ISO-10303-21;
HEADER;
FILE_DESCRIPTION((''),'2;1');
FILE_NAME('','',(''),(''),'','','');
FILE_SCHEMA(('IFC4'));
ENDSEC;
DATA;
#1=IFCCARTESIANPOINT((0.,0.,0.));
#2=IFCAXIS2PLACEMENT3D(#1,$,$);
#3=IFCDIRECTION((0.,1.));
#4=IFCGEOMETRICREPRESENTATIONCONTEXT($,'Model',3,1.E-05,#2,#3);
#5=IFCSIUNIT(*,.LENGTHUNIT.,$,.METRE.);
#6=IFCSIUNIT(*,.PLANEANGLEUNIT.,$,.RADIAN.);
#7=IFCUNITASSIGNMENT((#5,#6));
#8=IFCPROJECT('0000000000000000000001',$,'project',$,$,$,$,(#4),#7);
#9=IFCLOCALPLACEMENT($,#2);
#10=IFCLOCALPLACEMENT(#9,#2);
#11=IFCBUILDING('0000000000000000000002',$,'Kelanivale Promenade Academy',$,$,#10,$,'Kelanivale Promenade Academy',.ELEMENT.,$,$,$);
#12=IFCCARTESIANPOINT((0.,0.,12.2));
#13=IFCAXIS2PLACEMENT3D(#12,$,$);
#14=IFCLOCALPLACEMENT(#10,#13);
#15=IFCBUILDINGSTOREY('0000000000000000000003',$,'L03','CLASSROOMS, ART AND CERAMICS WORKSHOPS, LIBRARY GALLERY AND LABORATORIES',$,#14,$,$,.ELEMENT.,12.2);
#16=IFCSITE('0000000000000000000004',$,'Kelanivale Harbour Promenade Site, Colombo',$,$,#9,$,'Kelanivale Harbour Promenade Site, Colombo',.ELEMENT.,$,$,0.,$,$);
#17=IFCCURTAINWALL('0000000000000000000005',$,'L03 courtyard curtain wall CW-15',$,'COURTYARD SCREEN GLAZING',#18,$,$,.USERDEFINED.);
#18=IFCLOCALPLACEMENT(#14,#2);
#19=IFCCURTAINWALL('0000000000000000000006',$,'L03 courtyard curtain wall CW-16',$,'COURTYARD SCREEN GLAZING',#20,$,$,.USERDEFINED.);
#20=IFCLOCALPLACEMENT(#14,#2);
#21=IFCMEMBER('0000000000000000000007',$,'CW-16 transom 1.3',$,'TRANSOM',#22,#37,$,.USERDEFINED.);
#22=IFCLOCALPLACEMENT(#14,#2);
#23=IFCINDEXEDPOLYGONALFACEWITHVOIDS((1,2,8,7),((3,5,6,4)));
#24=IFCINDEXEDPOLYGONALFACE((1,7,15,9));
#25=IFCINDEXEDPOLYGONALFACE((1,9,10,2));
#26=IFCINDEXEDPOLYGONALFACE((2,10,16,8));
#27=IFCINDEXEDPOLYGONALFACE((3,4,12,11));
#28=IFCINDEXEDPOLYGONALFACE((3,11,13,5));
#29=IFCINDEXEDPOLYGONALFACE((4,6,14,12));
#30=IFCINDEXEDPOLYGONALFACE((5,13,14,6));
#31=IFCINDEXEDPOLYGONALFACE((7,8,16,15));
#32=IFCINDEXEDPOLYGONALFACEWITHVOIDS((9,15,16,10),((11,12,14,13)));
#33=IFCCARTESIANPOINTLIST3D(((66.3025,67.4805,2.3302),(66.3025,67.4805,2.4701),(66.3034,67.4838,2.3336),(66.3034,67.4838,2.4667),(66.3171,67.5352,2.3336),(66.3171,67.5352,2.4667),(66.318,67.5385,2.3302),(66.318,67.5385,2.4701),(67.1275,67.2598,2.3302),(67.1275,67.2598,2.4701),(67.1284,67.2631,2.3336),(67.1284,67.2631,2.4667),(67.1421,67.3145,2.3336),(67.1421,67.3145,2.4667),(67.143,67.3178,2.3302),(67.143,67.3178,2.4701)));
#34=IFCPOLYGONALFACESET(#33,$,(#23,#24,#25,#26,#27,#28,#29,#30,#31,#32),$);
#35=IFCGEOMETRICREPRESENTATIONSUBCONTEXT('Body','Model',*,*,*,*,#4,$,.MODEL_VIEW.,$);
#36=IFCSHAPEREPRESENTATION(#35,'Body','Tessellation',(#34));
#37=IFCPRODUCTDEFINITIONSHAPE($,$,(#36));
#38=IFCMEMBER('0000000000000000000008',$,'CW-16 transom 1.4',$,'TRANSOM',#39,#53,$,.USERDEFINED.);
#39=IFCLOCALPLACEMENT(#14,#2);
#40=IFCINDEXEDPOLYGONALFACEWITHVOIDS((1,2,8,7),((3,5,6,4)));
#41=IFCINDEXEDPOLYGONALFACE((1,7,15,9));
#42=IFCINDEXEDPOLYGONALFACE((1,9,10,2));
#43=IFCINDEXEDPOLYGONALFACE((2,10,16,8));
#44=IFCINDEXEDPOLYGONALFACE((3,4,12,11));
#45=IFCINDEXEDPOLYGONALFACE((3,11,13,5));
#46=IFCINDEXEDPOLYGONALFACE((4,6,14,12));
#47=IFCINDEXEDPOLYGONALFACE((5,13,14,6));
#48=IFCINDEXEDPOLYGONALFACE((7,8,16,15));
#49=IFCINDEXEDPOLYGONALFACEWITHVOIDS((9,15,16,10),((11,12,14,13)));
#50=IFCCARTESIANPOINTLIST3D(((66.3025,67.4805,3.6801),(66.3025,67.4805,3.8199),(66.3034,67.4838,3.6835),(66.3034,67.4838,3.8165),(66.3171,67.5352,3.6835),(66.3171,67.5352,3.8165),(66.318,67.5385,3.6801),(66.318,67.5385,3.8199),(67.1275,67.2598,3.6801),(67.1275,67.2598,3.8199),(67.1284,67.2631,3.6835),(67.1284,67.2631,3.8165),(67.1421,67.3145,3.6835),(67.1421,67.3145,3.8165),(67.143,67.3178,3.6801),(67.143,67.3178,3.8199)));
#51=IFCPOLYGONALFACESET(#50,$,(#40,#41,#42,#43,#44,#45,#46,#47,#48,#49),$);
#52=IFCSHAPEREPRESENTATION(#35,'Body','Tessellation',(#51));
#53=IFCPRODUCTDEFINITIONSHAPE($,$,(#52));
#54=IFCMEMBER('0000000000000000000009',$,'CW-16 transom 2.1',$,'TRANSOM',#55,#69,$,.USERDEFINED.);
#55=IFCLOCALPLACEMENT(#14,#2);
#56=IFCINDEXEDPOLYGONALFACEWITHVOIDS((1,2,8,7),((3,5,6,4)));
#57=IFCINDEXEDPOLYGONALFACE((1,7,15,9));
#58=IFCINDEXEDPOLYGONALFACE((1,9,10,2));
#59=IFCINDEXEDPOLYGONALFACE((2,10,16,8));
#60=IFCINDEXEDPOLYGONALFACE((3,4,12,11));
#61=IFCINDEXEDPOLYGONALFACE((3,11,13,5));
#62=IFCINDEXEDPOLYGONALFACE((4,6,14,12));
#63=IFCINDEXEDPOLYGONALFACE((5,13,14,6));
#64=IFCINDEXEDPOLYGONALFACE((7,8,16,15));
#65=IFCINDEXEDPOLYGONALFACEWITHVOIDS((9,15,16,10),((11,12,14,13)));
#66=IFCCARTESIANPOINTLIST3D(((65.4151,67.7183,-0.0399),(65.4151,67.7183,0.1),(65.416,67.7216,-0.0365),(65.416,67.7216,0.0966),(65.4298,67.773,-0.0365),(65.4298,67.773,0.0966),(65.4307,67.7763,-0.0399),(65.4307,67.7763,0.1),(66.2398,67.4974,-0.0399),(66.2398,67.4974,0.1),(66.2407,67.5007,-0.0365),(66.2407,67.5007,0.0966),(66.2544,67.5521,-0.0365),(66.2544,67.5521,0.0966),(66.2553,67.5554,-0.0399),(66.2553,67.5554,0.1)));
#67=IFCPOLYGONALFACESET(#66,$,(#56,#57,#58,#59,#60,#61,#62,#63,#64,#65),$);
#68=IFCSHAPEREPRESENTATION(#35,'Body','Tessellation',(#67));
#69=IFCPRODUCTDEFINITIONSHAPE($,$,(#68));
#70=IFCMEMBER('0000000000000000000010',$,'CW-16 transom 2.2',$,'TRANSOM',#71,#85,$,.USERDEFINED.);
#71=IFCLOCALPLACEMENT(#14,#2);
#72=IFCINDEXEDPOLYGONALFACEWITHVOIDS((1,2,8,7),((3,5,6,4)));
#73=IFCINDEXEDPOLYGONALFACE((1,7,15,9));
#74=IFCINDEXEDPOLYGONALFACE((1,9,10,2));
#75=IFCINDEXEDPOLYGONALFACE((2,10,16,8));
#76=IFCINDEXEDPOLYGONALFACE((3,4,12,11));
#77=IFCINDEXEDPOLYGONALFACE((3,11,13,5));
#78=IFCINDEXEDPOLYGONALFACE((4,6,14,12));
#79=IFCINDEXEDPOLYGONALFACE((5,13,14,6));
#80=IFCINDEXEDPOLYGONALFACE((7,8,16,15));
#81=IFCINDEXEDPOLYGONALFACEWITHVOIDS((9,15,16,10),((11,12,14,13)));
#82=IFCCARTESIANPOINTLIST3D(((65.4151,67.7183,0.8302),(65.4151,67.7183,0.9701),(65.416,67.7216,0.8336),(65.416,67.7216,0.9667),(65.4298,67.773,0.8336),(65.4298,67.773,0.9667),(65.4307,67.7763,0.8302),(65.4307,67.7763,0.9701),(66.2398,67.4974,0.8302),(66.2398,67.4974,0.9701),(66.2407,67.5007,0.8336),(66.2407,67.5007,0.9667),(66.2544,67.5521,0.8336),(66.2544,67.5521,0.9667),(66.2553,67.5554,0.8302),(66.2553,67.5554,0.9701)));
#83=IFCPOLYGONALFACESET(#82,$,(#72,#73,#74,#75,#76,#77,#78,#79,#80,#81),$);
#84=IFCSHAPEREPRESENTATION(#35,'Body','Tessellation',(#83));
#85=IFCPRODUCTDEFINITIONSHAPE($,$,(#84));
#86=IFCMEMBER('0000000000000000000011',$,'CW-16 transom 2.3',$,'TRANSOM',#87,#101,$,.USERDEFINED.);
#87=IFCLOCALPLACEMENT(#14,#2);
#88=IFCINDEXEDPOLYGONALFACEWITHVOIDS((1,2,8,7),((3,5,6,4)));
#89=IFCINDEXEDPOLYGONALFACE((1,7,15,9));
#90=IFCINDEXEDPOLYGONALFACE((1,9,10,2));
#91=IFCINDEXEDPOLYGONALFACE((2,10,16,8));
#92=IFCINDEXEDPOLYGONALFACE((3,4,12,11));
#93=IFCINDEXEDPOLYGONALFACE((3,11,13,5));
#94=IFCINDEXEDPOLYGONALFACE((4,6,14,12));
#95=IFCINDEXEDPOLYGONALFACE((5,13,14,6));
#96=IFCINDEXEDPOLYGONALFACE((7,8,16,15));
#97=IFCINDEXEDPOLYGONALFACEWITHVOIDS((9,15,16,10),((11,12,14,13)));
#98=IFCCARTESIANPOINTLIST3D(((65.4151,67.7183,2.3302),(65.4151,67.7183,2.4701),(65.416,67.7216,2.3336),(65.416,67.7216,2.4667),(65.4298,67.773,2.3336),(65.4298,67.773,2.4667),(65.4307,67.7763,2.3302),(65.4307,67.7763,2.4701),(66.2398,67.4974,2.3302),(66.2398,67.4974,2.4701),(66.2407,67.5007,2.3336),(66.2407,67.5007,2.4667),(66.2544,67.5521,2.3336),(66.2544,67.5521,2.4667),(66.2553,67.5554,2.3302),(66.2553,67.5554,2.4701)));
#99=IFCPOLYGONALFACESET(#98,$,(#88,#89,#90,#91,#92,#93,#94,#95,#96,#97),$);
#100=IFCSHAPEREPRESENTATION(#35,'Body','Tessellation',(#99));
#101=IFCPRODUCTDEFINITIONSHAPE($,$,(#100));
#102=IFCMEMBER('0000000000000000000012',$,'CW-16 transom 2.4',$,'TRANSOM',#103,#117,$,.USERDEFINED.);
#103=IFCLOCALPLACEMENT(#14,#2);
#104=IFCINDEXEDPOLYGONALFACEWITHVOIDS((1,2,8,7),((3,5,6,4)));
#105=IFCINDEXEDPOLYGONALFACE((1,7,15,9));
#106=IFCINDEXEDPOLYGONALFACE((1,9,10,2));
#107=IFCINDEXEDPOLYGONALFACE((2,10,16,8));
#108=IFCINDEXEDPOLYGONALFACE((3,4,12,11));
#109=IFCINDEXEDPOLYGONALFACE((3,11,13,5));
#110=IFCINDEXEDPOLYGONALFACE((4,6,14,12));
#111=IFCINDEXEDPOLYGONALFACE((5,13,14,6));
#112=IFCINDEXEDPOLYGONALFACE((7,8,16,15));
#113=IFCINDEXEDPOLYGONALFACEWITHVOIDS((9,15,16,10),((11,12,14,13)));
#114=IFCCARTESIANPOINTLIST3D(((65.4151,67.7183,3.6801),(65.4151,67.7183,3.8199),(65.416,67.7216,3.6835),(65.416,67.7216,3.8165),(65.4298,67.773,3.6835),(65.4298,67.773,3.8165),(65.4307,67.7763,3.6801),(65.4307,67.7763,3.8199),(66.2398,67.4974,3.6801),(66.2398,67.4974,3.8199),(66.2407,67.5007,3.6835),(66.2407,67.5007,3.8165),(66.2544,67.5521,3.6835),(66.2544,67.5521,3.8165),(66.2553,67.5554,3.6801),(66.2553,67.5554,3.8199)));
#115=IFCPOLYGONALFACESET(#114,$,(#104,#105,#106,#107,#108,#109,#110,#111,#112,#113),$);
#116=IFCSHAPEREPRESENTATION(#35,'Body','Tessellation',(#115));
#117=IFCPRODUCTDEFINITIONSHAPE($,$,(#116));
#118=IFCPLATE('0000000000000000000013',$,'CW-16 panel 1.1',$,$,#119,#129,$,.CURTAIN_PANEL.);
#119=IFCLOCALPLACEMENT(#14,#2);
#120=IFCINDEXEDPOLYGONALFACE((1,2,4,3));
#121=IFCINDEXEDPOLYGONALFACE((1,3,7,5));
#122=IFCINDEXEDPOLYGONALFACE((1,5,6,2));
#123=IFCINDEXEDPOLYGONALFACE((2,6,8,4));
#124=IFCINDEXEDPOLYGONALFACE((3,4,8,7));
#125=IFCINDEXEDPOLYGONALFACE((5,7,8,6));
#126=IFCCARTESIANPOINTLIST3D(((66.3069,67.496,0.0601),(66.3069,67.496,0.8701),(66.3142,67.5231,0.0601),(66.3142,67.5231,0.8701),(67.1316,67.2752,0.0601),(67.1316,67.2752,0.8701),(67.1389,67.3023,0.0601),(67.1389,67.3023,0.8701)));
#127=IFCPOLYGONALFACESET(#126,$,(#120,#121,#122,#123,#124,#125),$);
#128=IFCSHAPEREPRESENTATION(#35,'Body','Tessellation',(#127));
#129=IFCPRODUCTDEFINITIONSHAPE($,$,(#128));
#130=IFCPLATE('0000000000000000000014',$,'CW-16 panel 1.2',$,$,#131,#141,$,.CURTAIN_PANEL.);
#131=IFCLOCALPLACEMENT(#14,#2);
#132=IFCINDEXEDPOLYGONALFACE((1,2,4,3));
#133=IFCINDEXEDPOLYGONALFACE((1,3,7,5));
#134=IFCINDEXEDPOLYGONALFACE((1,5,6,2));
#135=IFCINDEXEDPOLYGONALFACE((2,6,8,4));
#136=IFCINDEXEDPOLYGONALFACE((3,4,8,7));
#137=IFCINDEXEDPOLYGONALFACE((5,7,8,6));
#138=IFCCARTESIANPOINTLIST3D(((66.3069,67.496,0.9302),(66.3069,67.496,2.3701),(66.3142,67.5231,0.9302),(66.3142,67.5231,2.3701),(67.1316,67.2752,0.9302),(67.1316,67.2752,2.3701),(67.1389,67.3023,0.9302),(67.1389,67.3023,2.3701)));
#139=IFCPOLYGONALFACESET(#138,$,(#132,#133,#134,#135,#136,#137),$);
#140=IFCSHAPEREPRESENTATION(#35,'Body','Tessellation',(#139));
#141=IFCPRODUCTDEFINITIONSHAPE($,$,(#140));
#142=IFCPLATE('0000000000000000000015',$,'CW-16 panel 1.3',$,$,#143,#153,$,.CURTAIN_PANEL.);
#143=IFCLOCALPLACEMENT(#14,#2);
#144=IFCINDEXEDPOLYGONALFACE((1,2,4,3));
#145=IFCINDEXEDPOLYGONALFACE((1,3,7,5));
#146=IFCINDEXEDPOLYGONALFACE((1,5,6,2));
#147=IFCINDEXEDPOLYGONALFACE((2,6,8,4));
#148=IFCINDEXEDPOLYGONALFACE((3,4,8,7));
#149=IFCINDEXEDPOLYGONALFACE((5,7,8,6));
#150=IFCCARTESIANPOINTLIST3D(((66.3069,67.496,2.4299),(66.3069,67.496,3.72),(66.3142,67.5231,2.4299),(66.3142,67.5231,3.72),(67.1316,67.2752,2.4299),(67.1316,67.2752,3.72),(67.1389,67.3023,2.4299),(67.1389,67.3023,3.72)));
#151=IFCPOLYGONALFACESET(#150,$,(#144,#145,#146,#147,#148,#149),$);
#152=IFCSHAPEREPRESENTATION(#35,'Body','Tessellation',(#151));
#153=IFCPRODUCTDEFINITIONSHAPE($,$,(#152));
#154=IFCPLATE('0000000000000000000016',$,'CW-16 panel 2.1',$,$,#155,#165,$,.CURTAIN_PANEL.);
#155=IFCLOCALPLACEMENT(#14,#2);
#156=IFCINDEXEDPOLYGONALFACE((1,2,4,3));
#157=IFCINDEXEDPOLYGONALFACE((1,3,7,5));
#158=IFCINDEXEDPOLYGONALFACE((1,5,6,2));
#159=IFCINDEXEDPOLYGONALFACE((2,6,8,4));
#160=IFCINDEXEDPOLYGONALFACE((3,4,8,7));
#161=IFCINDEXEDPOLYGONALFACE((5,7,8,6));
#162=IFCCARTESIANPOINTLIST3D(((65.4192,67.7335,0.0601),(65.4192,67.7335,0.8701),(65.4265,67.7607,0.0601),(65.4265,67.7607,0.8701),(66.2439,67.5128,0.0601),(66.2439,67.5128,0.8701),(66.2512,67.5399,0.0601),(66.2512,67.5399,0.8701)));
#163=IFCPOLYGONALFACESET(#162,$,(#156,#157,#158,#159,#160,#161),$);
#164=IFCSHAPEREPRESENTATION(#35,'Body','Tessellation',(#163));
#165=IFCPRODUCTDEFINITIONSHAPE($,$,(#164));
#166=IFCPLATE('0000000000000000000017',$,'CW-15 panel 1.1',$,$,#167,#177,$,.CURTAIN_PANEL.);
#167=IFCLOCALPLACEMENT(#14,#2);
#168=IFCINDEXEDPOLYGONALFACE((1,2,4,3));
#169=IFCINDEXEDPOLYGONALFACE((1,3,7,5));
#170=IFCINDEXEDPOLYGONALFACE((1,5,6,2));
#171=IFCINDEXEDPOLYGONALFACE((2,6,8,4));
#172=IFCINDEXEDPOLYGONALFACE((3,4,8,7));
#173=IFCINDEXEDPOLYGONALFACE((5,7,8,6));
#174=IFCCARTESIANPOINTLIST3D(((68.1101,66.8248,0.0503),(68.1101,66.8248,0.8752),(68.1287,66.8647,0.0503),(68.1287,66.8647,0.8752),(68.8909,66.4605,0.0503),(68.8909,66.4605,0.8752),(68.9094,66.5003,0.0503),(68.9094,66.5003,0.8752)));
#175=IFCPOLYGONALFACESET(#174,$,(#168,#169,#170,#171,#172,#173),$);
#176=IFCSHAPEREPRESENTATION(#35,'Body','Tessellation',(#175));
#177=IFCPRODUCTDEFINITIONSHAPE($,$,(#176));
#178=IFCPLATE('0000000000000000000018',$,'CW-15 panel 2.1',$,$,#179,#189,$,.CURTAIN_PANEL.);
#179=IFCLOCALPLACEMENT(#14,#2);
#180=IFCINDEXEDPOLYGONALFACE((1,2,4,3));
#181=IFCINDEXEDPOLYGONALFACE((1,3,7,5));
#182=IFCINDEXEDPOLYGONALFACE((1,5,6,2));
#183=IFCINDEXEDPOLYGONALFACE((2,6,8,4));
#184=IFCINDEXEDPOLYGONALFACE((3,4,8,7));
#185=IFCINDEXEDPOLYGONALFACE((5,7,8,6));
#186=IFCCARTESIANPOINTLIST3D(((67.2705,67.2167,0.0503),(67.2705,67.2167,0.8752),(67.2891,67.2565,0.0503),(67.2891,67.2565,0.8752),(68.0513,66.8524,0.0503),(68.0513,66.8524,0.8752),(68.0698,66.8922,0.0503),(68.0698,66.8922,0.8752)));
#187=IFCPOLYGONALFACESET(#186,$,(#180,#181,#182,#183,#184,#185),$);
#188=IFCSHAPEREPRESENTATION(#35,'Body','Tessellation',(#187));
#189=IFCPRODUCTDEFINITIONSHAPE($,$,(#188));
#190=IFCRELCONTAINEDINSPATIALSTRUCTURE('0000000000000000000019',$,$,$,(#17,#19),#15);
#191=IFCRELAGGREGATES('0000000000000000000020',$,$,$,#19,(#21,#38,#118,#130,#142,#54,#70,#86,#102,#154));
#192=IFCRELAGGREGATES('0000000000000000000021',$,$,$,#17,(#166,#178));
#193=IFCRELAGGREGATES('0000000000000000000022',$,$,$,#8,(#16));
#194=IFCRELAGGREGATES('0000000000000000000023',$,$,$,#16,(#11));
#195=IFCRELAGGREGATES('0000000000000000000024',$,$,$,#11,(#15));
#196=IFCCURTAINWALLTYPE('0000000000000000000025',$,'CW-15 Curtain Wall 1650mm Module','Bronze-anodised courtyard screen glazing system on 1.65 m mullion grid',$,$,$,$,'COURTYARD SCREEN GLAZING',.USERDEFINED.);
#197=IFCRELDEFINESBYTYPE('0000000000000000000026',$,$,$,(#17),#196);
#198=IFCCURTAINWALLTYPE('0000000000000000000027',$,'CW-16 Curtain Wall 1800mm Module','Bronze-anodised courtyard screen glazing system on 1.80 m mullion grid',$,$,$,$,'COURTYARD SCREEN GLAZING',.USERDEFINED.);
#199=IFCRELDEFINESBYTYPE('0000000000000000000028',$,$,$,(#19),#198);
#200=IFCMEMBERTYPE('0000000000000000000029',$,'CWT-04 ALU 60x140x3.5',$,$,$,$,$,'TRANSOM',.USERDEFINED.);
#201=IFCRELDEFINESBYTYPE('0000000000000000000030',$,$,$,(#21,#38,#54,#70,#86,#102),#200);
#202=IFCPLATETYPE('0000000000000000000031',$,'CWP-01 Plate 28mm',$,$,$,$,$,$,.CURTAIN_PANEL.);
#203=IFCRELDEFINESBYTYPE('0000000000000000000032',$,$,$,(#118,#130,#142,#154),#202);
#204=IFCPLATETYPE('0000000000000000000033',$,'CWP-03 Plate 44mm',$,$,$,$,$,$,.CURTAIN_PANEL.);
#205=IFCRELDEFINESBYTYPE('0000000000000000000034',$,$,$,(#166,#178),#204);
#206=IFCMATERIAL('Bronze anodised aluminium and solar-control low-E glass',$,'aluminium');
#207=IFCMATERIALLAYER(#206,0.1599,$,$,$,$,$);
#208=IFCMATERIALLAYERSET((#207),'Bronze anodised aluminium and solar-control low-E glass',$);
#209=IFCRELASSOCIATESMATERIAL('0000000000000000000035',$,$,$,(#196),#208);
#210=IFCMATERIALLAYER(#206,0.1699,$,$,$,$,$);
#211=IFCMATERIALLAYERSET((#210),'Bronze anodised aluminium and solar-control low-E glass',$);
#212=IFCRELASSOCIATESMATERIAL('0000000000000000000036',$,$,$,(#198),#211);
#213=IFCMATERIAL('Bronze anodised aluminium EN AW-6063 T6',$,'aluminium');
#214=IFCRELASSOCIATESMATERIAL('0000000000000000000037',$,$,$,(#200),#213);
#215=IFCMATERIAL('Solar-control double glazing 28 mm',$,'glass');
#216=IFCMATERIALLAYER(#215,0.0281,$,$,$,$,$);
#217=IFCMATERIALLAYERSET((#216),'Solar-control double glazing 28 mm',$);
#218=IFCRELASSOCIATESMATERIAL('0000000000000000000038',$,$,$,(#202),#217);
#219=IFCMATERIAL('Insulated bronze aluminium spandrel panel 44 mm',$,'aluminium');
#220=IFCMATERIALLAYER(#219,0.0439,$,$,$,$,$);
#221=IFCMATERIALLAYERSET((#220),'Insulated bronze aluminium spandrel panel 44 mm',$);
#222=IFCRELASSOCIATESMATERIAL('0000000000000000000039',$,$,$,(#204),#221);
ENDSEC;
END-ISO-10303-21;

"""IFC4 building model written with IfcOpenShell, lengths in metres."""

from ifc_helpers import new_model, si_unit, direction, frame, origin, origin_2d, place, context, subcontext, project, spatial, rectangle, hollow_rectangle, extrude, material, layer, layer_set, material_profile, profile_set, type_object, element, aggregate, save


model = new_model("IFC4")

# Units and contexts
model_context = context("Model", 3, precision=1e-05, world=origin(), true_north=direction((0.0, 1.0)))
body_context = subcontext(model_context, "Body", "Model", "MODEL_VIEW")
ifc_project = project(units=[si_unit("LENGTHUNIT", "METRE"), si_unit("PLANEANGLEUNIT", "RADIAN")], contexts=[model_context])

# Site, building, storey
site_placement = place(None, origin())
site = spatial("IfcSite", under=ifc_project, at=site_placement, Name="Kelanivale Harbour Promenade Site, Colombo", LongName="Kelanivale Harbour Promenade Site, Colombo", CompositionType="ELEMENT", RefElevation=0.0)
building_placement = place(site_placement, origin())
building = spatial("IfcBuilding", under=site, at=building_placement, Name="Kelanivale Promenade Academy", LongName="Kelanivale Promenade Academy", CompositionType="ELEMENT")
storey_placement = place(building_placement, frame((0.0, 0.0, 12.2)))
storey = spatial("IfcBuildingStorey", under=building, at=storey_placement, Name="L03", Description="CLASSROOMS, ART AND CERAMICS WORKSHOPS, LIBRARY GALLERY AND LABORATORIES", CompositionType="ELEMENT", Elevation=12.2)

# Curtain walls
ifc_material_1 = material(Name="Bronze anodised aluminium and solar-control low-E glass", Category="aluminium")
ifc_layer_1 = layer(ifc_material_1, 0.1599)
ifc_layer_set_1 = layer_set([ifc_layer_1], Name="Bronze anodised aluminium and solar-control low-E glass")
curtain_wall_type_1 = type_object("IfcCurtainWallType", Name="CW-15 Curtain Wall 1650mm Module", Description="Bronze-anodised courtyard screen glazing system on 1.65 m mullion grid", ElementType="COURTYARD SCREEN GLAZING", PredefinedType="USERDEFINED", material=ifc_layer_set_1)
curtain_wall_1_placement = place(storey_placement, origin())
curtain_wall_1 = element("IfcCurtainWall", 1, at=curtain_wall_1_placement, inside=storey, type_object=curtain_wall_type_1, Name="L03 courtyard curtain wall CW-15", ObjectType="COURTYARD SCREEN GLAZING", PredefinedType="USERDEFINED")
ifc_material_2 = material(Name="Bronze anodised aluminium EN AW-6063 T6", Category="aluminium")
ifc_layer_2 = layer(ifc_material_1, 0.1699)
ifc_layer_set_2 = layer_set([ifc_layer_2], Name="Bronze anodised aluminium and solar-control low-E glass")
curtain_wall_type_2 = type_object("IfcCurtainWallType", Name="CW-16 Curtain Wall 1800mm Module", Description="Bronze-anodised courtyard screen glazing system on 1.80 m mullion grid", ElementType="COURTYARD SCREEN GLAZING", PredefinedType="USERDEFINED", material=ifc_layer_set_2)
curtain_wall_2_placement = place(storey_placement, origin())
curtain_wall_2 = element("IfcCurtainWall", 2, at=curtain_wall_2_placement, inside=storey, type_object=curtain_wall_type_2, Name="L03 courtyard curtain wall CW-16", ObjectType="COURTYARD SCREEN GLAZING", PredefinedType="USERDEFINED")

# Members
ifc_material_profile_1 = material_profile(ifc_material_2, hollow_rectangle(XDim=0.0601, YDim=0.1399, WallThickness=0.0034, at=origin_2d()), Name="ALU 60x140x3.5")
ifc_profile_set_1 = profile_set([ifc_material_profile_1], Name="Bronze anodised aluminium EN AW-6063 T6")
member_type_1 = type_object("IfcMemberType", Name="CWT-04 ALU 60x140x3.5", ElementType="TRANSOM", PredefinedType="USERDEFINED", material=ifc_profile_set_1)
member_1_placement = place(storey_placement, frame((67.1353, 67.2888, 2.4001), z_axis=(-0.966026, 0.258446, 0.0), x_axis=(-0.258446, -0.966026, 0.0)))
member_1 = element("IfcMember", 3, at=member_1_placement, type_object=member_type_1, Name="CW-16 transom 1.3", ObjectType="TRANSOM", PredefinedType="USERDEFINED", context=body_context, shape_type="SweptSolid", body=[
    extrude(hollow_rectangle(XDim=0.0601, YDim=0.1399, WallThickness=0.0034, at=origin_2d()), origin(), (0.0, 0.0, 1.0), 0.854),
])
member_2_placement = place(storey_placement, frame((67.1353, 67.2888, 3.75), z_axis=(-0.966026, 0.258446, 0.0), x_axis=(-0.258446, -0.966026, 0.0)))
member_2 = element("IfcMember", 4, at=member_2_placement, type_object=member_type_1, Name="CW-16 transom 1.4", ObjectType="TRANSOM", PredefinedType="USERDEFINED", context=body_context, shape_type="SweptSolid", body=[
    extrude(hollow_rectangle(XDim=0.0601, YDim=0.1399, WallThickness=0.0034, at=origin_2d()), origin(), (0.0, 0.0, 1.0), 0.854),
])
member_3_placement = place(storey_placement, frame((66.2476, 67.5264, 0.03), z_axis=(-0.965935, 0.258784, 0.0), x_axis=(-0.258784, -0.965935, 0.0)))
member_3 = element("IfcMember", 5, at=member_3_placement, type_object=member_type_1, Name="CW-16 transom 2.1", ObjectType="TRANSOM", PredefinedType="USERDEFINED", context=body_context, shape_type="SweptSolid", body=[
    extrude(hollow_rectangle(XDim=0.0601, YDim=0.1399, WallThickness=0.0034, at=origin_2d()), origin(), (0.0, 0.0, 1.0), 0.8538),
])
member_4_placement = place(storey_placement, frame((66.2476, 67.5264, 0.9001), z_axis=(-0.965935, 0.258784, 0.0), x_axis=(-0.258784, -0.965935, 0.0)))
member_4 = element("IfcMember", 6, at=member_4_placement, type_object=member_type_1, Name="CW-16 transom 2.2", ObjectType="TRANSOM", PredefinedType="USERDEFINED", context=body_context, shape_type="SweptSolid", body=[
    extrude(hollow_rectangle(XDim=0.0601, YDim=0.1399, WallThickness=0.0034, at=origin_2d()), origin(), (0.0, 0.0, 1.0), 0.8538),
])
member_5_placement = place(storey_placement, frame((66.2476, 67.5264, 2.4001), z_axis=(-0.965935, 0.258784, 0.0), x_axis=(-0.258784, -0.965935, 0.0)))
member_5 = element("IfcMember", 7, at=member_5_placement, type_object=member_type_1, Name="CW-16 transom 2.3", ObjectType="TRANSOM", PredefinedType="USERDEFINED", context=body_context, shape_type="SweptSolid", body=[
    extrude(hollow_rectangle(XDim=0.0601, YDim=0.1399, WallThickness=0.0034, at=origin_2d()), origin(), (0.0, 0.0, 1.0), 0.8538),
])
member_6_placement = place(storey_placement, frame((66.2476, 67.5264, 3.75), z_axis=(-0.965935, 0.258784, 0.0), x_axis=(-0.258784, -0.965935, 0.0)))
member_6 = element("IfcMember", 8, at=member_6_placement, type_object=member_type_1, Name="CW-16 transom 2.4", ObjectType="TRANSOM", PredefinedType="USERDEFINED", context=body_context, shape_type="SweptSolid", body=[
    extrude(hollow_rectangle(XDim=0.0601, YDim=0.1399, WallThickness=0.0034, at=origin_2d()), origin(), (0.0, 0.0, 1.0), 0.8538),
])

# Plates
ifc_material_3 = material(Name="Solar-control double glazing 28 mm", Category="glass")
ifc_layer_3 = layer(ifc_material_3, 0.0281)
ifc_layer_set_3 = layer_set([ifc_layer_3], Name="Solar-control double glazing 28 mm")
plate_type_1 = type_object("IfcPlateType", Name="CWP-01 Plate 28mm", PredefinedType="CURTAIN_PANEL", material=ifc_layer_set_3)
plate_1_placement = place(storey_placement, frame((66.7229, 67.3992, 0.0601), z_axis=(0.0, 0.0, 1.0), x_axis=(-0.96599, 0.258578, 0.0)))
plate_1 = element("IfcPlate", 9, at=plate_1_placement, type_object=plate_type_1, Name="CW-16 panel 1.1", PredefinedType="CURTAIN_PANEL", context=body_context, shape_type="SweptSolid", body=[
    extrude(rectangle(XDim=0.8538, YDim=0.0281, at=origin_2d()), origin(), (0.0, 0.0, 1.0), 0.8101),
])
plate_2_placement = place(storey_placement, frame((66.7229, 67.3992, 0.9302), z_axis=(0.0, 0.0, 1.0), x_axis=(-0.96599, 0.258578, 0.0)))
plate_2 = element("IfcPlate", 10, at=plate_2_placement, type_object=plate_type_1, Name="CW-16 panel 1.2", PredefinedType="CURTAIN_PANEL", context=body_context, shape_type="SweptSolid", body=[
    extrude(rectangle(XDim=0.8538, YDim=0.0281, at=origin_2d()), origin(), (0.0, 0.0, 1.0), 1.4399),
])
plate_3_placement = place(storey_placement, frame((66.7229, 67.3992, 2.4299), z_axis=(0.0, 0.0, 1.0), x_axis=(-0.96599, 0.258578, 0.0)))
plate_3 = element("IfcPlate", 11, at=plate_3_placement, type_object=plate_type_1, Name="CW-16 panel 1.3", PredefinedType="CURTAIN_PANEL", context=body_context, shape_type="SweptSolid", body=[
    extrude(rectangle(XDim=0.8538, YDim=0.0281, at=origin_2d()), origin(), (0.0, 0.0, 1.0), 1.29),
])
plate_4_placement = place(storey_placement, frame((65.8352, 67.6367, 0.0601), z_axis=(0.0, 0.0, 1.0), x_axis=(-0.96599, 0.258578, 0.0)))
plate_4 = element("IfcPlate", 12, at=plate_4_placement, type_object=plate_type_1, Name="CW-16 panel 2.1", PredefinedType="CURTAIN_PANEL", context=body_context, shape_type="SweptSolid", body=[
    extrude(rectangle(XDim=0.8538, YDim=0.0281, at=origin_2d()), origin(), (0.0, 0.0, 1.0), 0.8101),
])
aggregate(curtain_wall_2, [member_1, member_2, plate_1, plate_2, plate_3, member_3, member_4, member_5, member_6, plate_4])
ifc_material_4 = material(Name="Insulated bronze aluminium spandrel panel 44 mm", Category="aluminium")
ifc_layer_4 = layer(ifc_material_4, 0.0439)
ifc_layer_set_4 = layer_set([ifc_layer_4], Name="Insulated bronze aluminium spandrel panel 44 mm")
plate_type_2 = type_object("IfcPlateType", Name="CWP-03 Plate 44mm", PredefinedType="CURTAIN_PANEL", material=ifc_layer_set_4)
plate_5_placement = place(storey_placement, frame((68.5098, 66.6626, 0.0503), z_axis=(0.0, 0.0, 1.0), x_axis=(-0.906196, 0.422857, 0.0)))
plate_5 = element("IfcPlate", 13, at=plate_5_placement, type_object=plate_type_2, Name="CW-15 panel 1.1", PredefinedType="CURTAIN_PANEL", context=body_context, shape_type="SweptSolid", body=[
    extrude(rectangle(XDim=0.8616, YDim=0.0439, at=origin_2d()), origin(), (0.0, 0.0, 1.0), 0.825),
])
plate_6_placement = place(storey_placement, frame((67.6702, 67.0544, 0.0503), z_axis=(0.0, 0.0, 1.0), x_axis=(-0.906196, 0.422857, 0.0)))
plate_6 = element("IfcPlate", 14, at=plate_6_placement, type_object=plate_type_2, Name="CW-15 panel 2.1", PredefinedType="CURTAIN_PANEL", context=body_context, shape_type="SweptSolid", body=[
    extrude(rectangle(XDim=0.8616, YDim=0.0439, at=origin_2d()), origin(), (0.0, 0.0, 1.0), 0.825),
])
aggregate(curtain_wall_1, [plate_5, plate_6])

save(model, "model.ifc")
